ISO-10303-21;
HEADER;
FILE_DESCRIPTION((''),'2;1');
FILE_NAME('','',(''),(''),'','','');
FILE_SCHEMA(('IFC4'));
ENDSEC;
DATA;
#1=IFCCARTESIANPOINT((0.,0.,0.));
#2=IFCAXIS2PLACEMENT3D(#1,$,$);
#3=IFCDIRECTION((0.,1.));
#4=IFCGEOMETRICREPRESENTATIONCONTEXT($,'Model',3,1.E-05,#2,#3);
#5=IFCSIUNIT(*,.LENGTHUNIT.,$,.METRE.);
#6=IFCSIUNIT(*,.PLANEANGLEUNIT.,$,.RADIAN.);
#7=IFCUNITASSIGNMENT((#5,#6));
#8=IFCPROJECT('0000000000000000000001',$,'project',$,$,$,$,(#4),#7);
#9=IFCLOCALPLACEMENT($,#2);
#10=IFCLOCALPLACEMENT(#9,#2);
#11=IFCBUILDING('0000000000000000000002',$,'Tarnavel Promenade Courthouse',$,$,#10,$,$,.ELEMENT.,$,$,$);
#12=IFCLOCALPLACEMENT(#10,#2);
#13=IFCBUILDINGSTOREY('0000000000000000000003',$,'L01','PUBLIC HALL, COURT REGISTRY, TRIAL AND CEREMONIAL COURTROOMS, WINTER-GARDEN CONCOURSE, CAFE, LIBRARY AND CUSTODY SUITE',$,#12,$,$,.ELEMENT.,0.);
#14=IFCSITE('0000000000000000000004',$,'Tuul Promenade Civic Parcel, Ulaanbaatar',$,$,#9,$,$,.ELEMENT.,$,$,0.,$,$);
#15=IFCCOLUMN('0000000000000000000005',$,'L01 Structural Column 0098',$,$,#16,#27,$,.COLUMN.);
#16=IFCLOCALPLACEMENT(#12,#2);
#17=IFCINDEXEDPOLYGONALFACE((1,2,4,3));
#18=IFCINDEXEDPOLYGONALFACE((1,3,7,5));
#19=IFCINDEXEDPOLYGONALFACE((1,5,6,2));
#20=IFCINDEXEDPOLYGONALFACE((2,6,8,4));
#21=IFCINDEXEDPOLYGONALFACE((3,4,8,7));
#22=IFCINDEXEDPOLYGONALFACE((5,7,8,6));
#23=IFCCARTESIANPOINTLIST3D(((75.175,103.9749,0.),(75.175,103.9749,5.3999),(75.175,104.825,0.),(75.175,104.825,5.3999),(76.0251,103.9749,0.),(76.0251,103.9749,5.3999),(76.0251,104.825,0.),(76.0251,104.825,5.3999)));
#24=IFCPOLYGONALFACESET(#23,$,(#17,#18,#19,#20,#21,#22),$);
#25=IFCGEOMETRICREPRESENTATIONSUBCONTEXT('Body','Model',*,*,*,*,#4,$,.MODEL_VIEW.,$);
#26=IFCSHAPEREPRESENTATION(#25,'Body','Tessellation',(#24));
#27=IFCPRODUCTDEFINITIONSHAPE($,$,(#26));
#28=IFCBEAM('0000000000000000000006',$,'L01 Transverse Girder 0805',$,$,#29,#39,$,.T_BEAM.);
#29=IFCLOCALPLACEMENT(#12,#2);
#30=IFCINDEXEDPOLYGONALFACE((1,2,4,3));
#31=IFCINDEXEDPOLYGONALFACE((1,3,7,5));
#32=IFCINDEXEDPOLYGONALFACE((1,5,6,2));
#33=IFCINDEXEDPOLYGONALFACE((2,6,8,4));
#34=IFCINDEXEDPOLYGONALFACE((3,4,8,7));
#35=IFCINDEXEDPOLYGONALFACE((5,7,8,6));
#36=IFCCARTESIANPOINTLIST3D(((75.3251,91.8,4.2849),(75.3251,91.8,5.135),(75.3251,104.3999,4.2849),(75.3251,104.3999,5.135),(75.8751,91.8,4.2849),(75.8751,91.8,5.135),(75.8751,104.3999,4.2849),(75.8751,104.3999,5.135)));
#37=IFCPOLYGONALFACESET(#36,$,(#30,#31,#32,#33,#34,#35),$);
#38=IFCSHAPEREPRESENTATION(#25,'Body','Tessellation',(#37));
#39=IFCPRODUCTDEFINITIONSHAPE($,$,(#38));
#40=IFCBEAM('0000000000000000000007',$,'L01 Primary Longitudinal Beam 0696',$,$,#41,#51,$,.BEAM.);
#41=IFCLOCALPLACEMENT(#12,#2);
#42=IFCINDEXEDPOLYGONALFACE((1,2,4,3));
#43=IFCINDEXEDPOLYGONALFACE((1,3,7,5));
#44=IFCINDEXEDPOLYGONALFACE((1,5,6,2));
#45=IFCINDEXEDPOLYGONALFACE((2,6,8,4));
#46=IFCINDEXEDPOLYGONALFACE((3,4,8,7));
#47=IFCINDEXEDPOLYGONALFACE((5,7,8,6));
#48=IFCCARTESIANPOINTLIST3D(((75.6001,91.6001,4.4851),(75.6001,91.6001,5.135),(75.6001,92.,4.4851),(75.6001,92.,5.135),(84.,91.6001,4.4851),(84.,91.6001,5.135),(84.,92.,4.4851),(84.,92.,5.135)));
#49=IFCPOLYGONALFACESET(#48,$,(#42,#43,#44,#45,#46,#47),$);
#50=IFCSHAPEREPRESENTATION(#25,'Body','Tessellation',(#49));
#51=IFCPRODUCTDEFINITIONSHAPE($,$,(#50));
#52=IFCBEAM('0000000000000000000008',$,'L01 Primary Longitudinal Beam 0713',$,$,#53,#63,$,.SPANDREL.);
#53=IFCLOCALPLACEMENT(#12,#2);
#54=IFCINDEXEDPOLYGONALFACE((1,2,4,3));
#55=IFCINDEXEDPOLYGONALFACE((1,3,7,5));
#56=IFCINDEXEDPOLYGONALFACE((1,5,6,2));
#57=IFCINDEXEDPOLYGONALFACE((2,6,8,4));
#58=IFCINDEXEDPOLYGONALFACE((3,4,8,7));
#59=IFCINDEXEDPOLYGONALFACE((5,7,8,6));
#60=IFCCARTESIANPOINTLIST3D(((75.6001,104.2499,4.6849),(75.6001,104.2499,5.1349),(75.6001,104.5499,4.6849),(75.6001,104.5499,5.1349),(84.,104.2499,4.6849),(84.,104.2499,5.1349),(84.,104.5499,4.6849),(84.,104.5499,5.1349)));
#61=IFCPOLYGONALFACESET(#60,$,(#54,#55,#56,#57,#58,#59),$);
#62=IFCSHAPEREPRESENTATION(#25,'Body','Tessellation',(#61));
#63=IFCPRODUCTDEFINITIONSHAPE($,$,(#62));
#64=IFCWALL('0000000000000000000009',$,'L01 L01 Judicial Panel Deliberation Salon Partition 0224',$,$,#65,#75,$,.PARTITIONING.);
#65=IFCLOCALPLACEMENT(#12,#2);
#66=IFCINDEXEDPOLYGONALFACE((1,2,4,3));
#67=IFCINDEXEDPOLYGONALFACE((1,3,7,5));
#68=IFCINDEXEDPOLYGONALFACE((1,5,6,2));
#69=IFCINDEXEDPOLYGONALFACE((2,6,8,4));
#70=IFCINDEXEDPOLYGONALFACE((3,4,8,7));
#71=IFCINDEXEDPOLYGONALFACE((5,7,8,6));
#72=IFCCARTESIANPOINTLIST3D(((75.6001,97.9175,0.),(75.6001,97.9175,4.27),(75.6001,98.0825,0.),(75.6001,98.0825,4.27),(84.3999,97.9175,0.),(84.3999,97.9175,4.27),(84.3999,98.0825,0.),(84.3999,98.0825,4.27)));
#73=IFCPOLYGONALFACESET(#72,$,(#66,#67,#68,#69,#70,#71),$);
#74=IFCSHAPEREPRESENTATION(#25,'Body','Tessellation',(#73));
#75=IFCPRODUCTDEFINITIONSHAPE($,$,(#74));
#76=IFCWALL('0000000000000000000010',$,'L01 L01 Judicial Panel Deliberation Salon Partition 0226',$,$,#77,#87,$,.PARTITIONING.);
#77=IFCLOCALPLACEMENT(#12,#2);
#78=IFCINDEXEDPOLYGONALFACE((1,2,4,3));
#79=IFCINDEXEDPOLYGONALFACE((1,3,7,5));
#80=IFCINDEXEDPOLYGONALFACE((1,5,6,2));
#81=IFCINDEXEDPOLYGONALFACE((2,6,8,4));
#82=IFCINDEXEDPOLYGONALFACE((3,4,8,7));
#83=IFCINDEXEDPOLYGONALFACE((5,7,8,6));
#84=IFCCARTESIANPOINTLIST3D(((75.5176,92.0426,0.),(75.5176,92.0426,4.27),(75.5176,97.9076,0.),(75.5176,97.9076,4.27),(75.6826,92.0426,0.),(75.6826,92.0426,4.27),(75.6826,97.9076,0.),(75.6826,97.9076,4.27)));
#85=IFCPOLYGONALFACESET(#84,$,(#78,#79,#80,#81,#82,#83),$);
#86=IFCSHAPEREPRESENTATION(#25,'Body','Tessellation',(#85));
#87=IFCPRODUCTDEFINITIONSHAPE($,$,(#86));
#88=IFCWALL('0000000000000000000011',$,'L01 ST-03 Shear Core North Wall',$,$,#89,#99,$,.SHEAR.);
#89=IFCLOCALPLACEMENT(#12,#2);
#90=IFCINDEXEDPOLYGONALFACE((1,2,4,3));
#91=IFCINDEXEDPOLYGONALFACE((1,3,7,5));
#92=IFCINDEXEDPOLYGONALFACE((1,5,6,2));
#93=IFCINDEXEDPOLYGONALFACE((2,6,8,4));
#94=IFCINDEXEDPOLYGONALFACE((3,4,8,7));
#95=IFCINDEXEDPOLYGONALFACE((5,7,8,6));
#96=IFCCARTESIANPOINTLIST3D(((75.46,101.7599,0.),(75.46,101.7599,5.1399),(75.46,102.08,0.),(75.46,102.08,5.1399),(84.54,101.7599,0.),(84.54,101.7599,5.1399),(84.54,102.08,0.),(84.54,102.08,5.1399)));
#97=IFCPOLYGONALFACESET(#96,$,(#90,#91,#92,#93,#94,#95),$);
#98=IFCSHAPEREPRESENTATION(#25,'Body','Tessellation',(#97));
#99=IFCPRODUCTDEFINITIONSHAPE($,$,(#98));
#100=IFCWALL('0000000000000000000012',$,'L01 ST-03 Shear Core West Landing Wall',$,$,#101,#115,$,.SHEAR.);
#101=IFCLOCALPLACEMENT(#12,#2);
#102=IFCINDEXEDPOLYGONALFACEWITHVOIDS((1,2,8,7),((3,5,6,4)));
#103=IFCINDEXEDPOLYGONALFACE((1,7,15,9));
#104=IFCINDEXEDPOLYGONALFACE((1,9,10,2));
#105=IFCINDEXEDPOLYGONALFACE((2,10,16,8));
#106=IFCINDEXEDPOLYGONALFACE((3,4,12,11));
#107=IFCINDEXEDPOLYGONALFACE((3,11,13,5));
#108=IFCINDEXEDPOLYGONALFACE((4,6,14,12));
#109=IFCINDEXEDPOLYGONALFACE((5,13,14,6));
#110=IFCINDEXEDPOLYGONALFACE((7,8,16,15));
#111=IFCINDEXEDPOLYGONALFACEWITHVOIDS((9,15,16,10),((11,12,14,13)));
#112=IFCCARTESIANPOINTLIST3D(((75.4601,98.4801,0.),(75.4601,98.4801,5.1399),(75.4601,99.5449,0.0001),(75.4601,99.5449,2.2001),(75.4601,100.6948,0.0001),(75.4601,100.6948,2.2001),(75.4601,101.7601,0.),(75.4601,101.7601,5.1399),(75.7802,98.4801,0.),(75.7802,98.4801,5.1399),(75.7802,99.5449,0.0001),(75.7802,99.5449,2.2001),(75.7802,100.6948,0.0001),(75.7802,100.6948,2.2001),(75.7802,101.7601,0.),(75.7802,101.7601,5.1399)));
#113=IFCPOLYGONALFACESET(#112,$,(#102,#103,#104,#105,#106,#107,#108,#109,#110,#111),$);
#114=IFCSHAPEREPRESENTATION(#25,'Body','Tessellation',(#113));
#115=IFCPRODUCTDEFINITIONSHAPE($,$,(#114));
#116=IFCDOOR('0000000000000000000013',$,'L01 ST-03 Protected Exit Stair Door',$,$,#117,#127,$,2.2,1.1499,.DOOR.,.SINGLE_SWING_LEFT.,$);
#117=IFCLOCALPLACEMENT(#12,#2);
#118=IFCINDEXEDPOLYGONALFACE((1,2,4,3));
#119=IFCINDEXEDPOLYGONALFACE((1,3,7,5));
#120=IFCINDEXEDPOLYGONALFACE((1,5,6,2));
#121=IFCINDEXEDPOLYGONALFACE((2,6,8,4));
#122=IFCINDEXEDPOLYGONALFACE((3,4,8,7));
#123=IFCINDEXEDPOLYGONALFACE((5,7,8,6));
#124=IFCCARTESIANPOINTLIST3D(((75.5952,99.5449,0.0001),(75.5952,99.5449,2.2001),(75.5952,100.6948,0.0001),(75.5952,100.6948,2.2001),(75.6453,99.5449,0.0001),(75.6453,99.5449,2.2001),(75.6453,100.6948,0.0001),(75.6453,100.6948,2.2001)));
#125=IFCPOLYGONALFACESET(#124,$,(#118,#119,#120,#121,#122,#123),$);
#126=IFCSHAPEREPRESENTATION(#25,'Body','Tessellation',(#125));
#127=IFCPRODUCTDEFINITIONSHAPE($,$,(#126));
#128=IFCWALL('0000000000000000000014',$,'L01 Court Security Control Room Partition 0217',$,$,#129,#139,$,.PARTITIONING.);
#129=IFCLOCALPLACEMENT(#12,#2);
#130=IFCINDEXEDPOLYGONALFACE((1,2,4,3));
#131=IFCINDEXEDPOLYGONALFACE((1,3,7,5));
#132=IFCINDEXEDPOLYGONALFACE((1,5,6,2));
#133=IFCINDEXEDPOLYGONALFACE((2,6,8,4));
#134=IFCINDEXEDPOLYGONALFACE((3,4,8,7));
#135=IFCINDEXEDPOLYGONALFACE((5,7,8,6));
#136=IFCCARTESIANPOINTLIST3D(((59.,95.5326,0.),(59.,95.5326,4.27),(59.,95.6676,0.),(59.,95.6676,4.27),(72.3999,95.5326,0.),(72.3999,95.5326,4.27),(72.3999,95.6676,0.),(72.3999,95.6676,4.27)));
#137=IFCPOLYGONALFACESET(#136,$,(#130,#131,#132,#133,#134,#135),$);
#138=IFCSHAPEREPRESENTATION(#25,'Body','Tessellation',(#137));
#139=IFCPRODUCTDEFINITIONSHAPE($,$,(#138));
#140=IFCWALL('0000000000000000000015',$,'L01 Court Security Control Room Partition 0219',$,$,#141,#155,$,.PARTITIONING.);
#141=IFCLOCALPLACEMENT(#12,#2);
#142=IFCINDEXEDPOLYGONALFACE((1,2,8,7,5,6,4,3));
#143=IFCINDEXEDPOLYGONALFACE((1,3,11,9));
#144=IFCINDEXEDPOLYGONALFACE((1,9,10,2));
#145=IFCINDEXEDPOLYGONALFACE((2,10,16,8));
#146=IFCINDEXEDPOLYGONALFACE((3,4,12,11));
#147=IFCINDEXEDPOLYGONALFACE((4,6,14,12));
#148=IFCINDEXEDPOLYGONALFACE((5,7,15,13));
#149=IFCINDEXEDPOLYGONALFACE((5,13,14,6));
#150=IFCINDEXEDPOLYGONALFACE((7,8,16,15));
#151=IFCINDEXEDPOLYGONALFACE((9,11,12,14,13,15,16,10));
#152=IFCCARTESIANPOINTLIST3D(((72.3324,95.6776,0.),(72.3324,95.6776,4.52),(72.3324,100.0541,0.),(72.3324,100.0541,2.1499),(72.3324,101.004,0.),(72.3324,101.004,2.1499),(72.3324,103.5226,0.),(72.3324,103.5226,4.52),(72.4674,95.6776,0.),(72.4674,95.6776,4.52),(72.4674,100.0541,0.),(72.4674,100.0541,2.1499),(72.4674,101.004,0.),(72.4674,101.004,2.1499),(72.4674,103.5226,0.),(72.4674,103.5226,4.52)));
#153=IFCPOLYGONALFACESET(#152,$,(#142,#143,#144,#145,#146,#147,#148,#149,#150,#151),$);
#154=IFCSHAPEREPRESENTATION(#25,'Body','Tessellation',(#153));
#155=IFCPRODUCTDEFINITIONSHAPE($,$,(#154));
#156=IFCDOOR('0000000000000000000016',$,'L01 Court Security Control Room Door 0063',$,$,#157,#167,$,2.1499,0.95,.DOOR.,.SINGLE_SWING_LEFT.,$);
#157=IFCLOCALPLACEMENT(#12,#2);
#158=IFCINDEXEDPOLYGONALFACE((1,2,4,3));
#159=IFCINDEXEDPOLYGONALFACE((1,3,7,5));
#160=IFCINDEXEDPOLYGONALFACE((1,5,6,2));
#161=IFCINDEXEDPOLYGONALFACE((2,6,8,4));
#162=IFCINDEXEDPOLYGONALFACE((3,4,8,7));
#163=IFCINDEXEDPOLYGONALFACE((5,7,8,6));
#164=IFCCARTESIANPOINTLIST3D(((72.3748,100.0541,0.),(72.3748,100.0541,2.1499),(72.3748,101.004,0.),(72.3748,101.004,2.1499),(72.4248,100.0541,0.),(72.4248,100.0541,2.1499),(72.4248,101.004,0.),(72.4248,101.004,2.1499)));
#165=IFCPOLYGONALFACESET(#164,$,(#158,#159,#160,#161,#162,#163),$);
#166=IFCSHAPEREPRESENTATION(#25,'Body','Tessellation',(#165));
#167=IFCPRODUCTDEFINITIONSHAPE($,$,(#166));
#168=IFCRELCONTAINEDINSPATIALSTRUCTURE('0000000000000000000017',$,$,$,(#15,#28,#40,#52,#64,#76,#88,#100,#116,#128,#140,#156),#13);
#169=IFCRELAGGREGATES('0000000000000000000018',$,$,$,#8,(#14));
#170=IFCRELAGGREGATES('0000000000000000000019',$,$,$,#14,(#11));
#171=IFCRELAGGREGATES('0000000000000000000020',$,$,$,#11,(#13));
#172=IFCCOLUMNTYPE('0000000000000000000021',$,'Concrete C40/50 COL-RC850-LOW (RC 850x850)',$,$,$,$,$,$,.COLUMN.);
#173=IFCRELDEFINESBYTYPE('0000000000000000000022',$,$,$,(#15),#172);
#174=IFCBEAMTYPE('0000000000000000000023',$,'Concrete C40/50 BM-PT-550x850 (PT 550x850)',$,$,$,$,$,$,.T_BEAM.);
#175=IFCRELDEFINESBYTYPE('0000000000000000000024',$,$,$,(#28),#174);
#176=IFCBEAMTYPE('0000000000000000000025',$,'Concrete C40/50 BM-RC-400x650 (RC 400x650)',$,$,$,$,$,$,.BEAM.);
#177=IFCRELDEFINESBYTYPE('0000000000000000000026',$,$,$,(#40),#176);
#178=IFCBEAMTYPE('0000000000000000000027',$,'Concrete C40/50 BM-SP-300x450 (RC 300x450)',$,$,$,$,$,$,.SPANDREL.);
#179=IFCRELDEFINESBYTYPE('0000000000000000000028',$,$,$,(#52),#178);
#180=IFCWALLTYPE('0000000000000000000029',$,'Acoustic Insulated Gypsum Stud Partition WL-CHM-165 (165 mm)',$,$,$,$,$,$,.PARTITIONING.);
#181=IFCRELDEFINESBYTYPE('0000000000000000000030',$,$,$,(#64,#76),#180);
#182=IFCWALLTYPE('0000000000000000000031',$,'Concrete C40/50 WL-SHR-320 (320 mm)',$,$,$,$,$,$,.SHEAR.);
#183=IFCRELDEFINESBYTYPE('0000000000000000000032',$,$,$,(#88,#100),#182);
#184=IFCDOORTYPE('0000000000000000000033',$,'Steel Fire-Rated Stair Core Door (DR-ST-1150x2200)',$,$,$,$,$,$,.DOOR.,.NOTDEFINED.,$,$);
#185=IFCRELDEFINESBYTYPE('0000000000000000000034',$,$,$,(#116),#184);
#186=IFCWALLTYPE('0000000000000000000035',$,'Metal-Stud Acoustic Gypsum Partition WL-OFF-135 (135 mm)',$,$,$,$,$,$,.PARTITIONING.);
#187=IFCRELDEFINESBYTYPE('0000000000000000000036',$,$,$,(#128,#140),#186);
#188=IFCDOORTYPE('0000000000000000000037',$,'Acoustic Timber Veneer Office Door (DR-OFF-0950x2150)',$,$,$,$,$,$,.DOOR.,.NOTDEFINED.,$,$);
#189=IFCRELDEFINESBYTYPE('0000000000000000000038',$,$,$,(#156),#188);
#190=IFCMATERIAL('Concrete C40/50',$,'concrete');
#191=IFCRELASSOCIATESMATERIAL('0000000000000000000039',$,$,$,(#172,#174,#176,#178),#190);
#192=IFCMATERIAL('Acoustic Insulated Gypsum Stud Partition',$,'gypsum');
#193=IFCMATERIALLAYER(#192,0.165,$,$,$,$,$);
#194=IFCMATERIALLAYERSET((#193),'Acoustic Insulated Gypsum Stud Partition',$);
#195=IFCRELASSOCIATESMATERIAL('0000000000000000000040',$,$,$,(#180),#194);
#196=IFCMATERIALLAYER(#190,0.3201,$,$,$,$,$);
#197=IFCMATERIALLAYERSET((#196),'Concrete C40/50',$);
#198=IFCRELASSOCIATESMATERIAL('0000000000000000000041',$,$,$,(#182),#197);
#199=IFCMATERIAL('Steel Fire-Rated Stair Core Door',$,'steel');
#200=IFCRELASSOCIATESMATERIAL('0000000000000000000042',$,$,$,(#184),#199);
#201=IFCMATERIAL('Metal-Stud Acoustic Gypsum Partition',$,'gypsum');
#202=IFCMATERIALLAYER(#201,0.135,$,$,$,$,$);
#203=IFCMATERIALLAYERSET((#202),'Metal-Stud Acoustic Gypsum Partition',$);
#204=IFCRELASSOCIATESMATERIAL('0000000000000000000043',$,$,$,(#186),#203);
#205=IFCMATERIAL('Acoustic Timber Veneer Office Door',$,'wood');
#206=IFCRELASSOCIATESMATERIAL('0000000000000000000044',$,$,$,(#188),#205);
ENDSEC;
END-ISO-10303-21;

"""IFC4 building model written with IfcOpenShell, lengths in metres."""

from ifc_helpers import new_model, si_unit, direction, frame, frame_2d, origin, origin_2d, place, context, subcontext, project, spatial, rectangle, extrude, material, layer, layer_set, material_profile, profile_set, type_object, element, fill, save


model = new_model("IFC4")

# Units and contexts
model_context = context("Model", 3, precision=1e-05, world=origin(), true_north=direction((0.0, 1.0)))
body_context = subcontext(model_context, "Body", "Model", "MODEL_VIEW")
ifc_project = project(units=[si_unit("LENGTHUNIT", "METRE"), si_unit("PLANEANGLEUNIT", "RADIAN")], contexts=[model_context])

# Site, building, storey
site_placement = place(None, origin())
site = spatial("IfcSite", under=ifc_project, at=site_placement, Name="Tuul Promenade Civic Parcel, Ulaanbaatar", CompositionType="ELEMENT", RefElevation=0.0)
building_placement = place(site_placement, origin())
building = spatial("IfcBuilding", under=site, at=building_placement, Name="Tarnavel Promenade Courthouse", CompositionType="ELEMENT")
storey_placement = place(building_placement, origin())
storey = spatial("IfcBuildingStorey", under=building, at=storey_placement, Name="L01", Description="PUBLIC HALL, COURT REGISTRY, TRIAL AND CEREMONIAL COURTROOMS, WINTER-GARDEN CONCOURSE, CAFE, LIBRARY AND CUSTODY SUITE", CompositionType="ELEMENT", Elevation=0.0)

# Column
ifc_material_1 = material(Name="Concrete C40/50", Category="concrete")
ifc_material_profile_1 = material_profile(ifc_material_1, rectangle(XDim=0.8501, YDim=0.8501, at=origin_2d()), Name="RC 850x850")
ifc_profile_set_1 = profile_set([ifc_material_profile_1], Name="Concrete C40/50")
column_type = type_object("IfcColumnType", Name="Concrete C40/50 COL-RC850-LOW (RC 850x850)", PredefinedType="COLUMN", material=ifc_profile_set_1)
column_placement = place(storey_placement, frame((75.6001, 104.3999, 0.0), z_axis=(0.0, 0.0, 1.0), x_axis=(1.0, 0.0, 0.0)))
element("IfcColumn", 1, at=column_placement, inside=storey, type_object=column_type, Name="L01 Structural Column 0098", PredefinedType="COLUMN", context=body_context, shape_type="SweptSolid", body=[
    extrude(rectangle(XDim=0.8501, YDim=0.8501, at=origin_2d()), origin(), (0.0, 0.0, 1.0), 5.3999),
])

# Beams
ifc_material_profile_2 = material_profile(ifc_material_1, rectangle(XDim=0.55, YDim=0.8501, at=origin_2d()), Name="PT 550x850")
ifc_profile_set_2 = profile_set([ifc_material_profile_2], Name="Concrete C40/50")
beam_type_1 = type_object("IfcBeamType", Name="Concrete C40/50 BM-PT-550x850 (PT 550x850)", PredefinedType="T_BEAM", material=ifc_profile_set_2)
beam_1_placement = place(storey_placement, frame((75.6001, 91.8, 4.71), z_axis=(0.0, 1.0, 0.0), x_axis=(-1.0, 0.0, 0.0)))
element("IfcBeam", 2, at=beam_1_placement, inside=storey, type_object=beam_type_1, Name="L01 Transverse Girder 0805", PredefinedType="T_BEAM", context=body_context, shape_type="SweptSolid", body=[
    extrude(rectangle(XDim=0.55, YDim=0.8501, at=origin_2d()), origin(), (0.0, 0.0, 1.0), 12.5999),
])
ifc_material_profile_3 = material_profile(ifc_material_1, rectangle(XDim=0.3999, YDim=0.6499, at=origin_2d()), Name="RC 400x650")
ifc_profile_set_3 = profile_set([ifc_material_profile_3], Name="Concrete C40/50")
beam_type_2 = type_object("IfcBeamType", Name="Concrete C40/50 BM-RC-400x650 (RC 400x650)", PredefinedType="BEAM", material=ifc_profile_set_3)
beam_2_placement = place(storey_placement, frame((75.6001, 91.8, 4.8101), z_axis=(1.0, 0.0, 0.0), x_axis=(0.0, 1.0, 0.0)))
element("IfcBeam", 3, at=beam_2_placement, inside=storey, type_object=beam_type_2, Name="L01 Primary Longitudinal Beam 0696", PredefinedType="BEAM", context=body_context, shape_type="SweptSolid", body=[
    extrude(rectangle(XDim=0.3999, YDim=0.6499, at=origin_2d()), origin(), (0.0, 0.0, 1.0), 8.3999),
])
ifc_material_profile_4 = material_profile(ifc_material_1, rectangle(XDim=0.3, YDim=0.45, at=origin_2d()), Name="RC 300x450")
ifc_profile_set_4 = profile_set([ifc_material_profile_4], Name="Concrete C40/50")
beam_type_3 = type_object("IfcBeamType", Name="Concrete C40/50 BM-SP-300x450 (RC 300x450)", PredefinedType="SPANDREL", material=ifc_profile_set_4)
beam_3_placement = place(storey_placement, frame((75.6001, 104.3999, 4.9099), z_axis=(1.0, 0.0, 0.0), x_axis=(0.0, 1.0, 0.0)))
element("IfcBeam", 4, at=beam_3_placement, inside=storey, type_object=beam_type_3, Name="L01 Primary Longitudinal Beam 0713", PredefinedType="SPANDREL", context=body_context, shape_type="SweptSolid", body=[
    extrude(rectangle(XDim=0.3, YDim=0.45, at=origin_2d()), origin(), (0.0, 0.0, 1.0), 8.3999),
])

# Walls
ifc_material_2 = material(Name="Acoustic Insulated Gypsum Stud Partition", Category="gypsum")
ifc_layer_1 = layer(ifc_material_2, 0.165)
ifc_layer_set_1 = layer_set([ifc_layer_1], Name="Acoustic Insulated Gypsum Stud Partition")
wall_type_1 = type_object("IfcWallType", Name="Acoustic Insulated Gypsum Stud Partition WL-CHM-165 (165 mm)", PredefinedType="PARTITIONING", material=ifc_layer_set_1)
wall_1_placement = place(storey_placement, frame((75.6001, 98.0, 0.0), z_axis=(0.0, 0.0, 1.0), x_axis=(1.0, 0.0, 0.0)))
element("IfcWall", 5, at=wall_1_placement, inside=storey, type_object=wall_type_1, Name="L01 L01 Judicial Panel Deliberation Salon Partition 0224", PredefinedType="PARTITIONING", context=body_context, shape_type="SweptSolid", body=[
    extrude(rectangle(XDim=8.7998, YDim=0.165, at=frame_2d((4.3999, 0.0))), origin(), (0.0, 0.0, 1.0), 4.27),
])
wall_2_placement = place(storey_placement, frame((75.6001, 92.0425, 0.0), z_axis=(0.0, 0.0, 1.0), x_axis=(0.0, 1.0, 0.0)))
element("IfcWall", 6, at=wall_2_placement, inside=storey, type_object=wall_type_1, Name="L01 L01 Judicial Panel Deliberation Salon Partition 0226", PredefinedType="PARTITIONING", context=body_context, shape_type="SweptSolid", body=[
    extrude(rectangle(XDim=5.865, YDim=0.165, at=frame_2d((2.9326, 0.0))), origin(), (0.0, 0.0, 1.0), 4.27),
])
ifc_layer_2 = layer(ifc_material_1, 0.3201)
ifc_layer_set_2 = layer_set([ifc_layer_2], Name="Concrete C40/50")
wall_type_2 = type_object("IfcWallType", Name="Concrete C40/50 WL-SHR-320 (320 mm)", PredefinedType="SHEAR", material=ifc_layer_set_2)
wall_3_placement = place(storey_placement, frame((75.46, 101.9199, 0.0), z_axis=(0.0, 0.0, 1.0), x_axis=(1.0, 0.0, 0.0)))
element("IfcWall", 7, at=wall_3_placement, inside=storey, type_object=wall_type_2, Name="L01 ST-03 Shear Core North Wall", PredefinedType="SHEAR", context=body_context, shape_type="SweptSolid", body=[
    extrude(rectangle(XDim=9.0801, YDim=0.3201, at=frame_2d((4.54, 0.0))), origin(), (0.0, 0.0, 1.0), 5.1399),
])

# Wall, opening, door
wall_4_placement = place(storey_placement, frame((75.6201, 98.48, 0.0), z_axis=(0.0, 0.0, 1.0), x_axis=(0.0, 1.0, 0.0)))
wall_4 = element("IfcWall", 8, at=wall_4_placement, inside=storey, type_object=wall_type_2, Name="L01 ST-03 Shear Core West Landing Wall", PredefinedType="SHEAR", context=body_context, shape_type="SweptSolid", body=[
    extrude(rectangle(XDim=3.28, YDim=0.3201, at=frame_2d((1.6401, 0.0))), origin(), (0.0, 0.0, 1.0), 5.1399),
])
opening_1_placement = place(wall_4_placement, frame((1.0649, 0.0, 0.0)))
opening_1 = element("IfcOpeningElement", 9, at=opening_1_placement, cuts=wall_4, PredefinedType="OPENING", context=body_context, shape_type="SweptSolid", body=[
    extrude(rectangle(XDim=1.1499, YDim=2.2, at=frame_2d((0.575, 1.1001))), frame((0.0, 0.1699, 0.0), z_axis=(0.0, -1.0, 0.0), x_axis=(1.0, 0.0, 0.0)), (0.0, 0.0, 1.0), 0.3401),
])
ifc_material_3 = material(Name="Steel Fire-Rated Stair Core Door", Category="steel")
door_type_1 = type_object("IfcDoorType", Name="Steel Fire-Rated Stair Core Door (DR-ST-1150x2200)", OperationType="NOTDEFINED", PredefinedType="DOOR", material=ifc_material_3)
door_1_placement = place(opening_1_placement, origin())
door_1 = element("IfcDoor", 10, at=door_1_placement, inside=storey, type_object=door_type_1, Name="L01 ST-03 Protected Exit Stair Door", OperationType="SINGLE_SWING_LEFT", OverallHeight=2.2, OverallWidth=1.1499, PredefinedType="DOOR", context=body_context, shape_type="SweptSolid", body=[
    extrude(rectangle(XDim=1.1499, YDim=2.2, at=frame_2d((0.575, 1.1001))), frame((0.0, 0.0249, 0.0), z_axis=(0.0, -1.0, 0.0), x_axis=(1.0, 0.0, 0.0)), (0.0, 0.0, 1.0), 0.05),
])
fill(opening_1, door_1)

# Wall
ifc_material_4 = material(Name="Metal-Stud Acoustic Gypsum Partition", Category="gypsum")
ifc_layer_3 = layer(ifc_material_4, 0.135)
ifc_layer_set_3 = layer_set([ifc_layer_3], Name="Metal-Stud Acoustic Gypsum Partition")
wall_type_3 = type_object("IfcWallType", Name="Metal-Stud Acoustic Gypsum Partition WL-OFF-135 (135 mm)", PredefinedType="PARTITIONING", material=ifc_layer_set_3)
wall_5_placement = place(storey_placement, frame((72.3999, 95.6001, 0.0), z_axis=(0.0, 0.0, 1.0), x_axis=(-1.0, 0.0, 0.0)))
element("IfcWall", 11, at=wall_5_placement, inside=storey, type_object=wall_type_3, Name="L01 Court Security Control Room Partition 0217", PredefinedType="PARTITIONING", context=body_context, shape_type="SweptSolid", body=[
    extrude(rectangle(XDim=13.3999, YDim=0.135, at=frame_2d((6.7, 0.0))), origin(), (0.0, 0.0, 1.0), 4.27),
])

# Wall, opening, door
wall_6_placement = place(storey_placement, frame((72.3999, 103.5225, 0.0), z_axis=(0.0, 0.0, 1.0), x_axis=(0.0, -1.0, 0.0)))
wall_6 = element("IfcWall", 12, at=wall_6_placement, inside=storey, type_object=wall_type_3, Name="L01 Court Security Control Room Partition 0219", PredefinedType="PARTITIONING", context=body_context, shape_type="SweptSolid", body=[
    extrude(rectangle(XDim=7.845, YDim=0.135, at=frame_2d((3.9224, 0.0))), origin(), (0.0, 0.0, 1.0), 4.52),
])
opening_2_placement = place(wall_6_placement, frame((2.5183, 0.0, 0.0)))
opening_2 = element("IfcOpeningElement", 13, at=opening_2_placement, cuts=wall_6, PredefinedType="OPENING", context=body_context, shape_type="SweptSolid", body=[
    extrude(rectangle(XDim=0.95, YDim=2.1499, at=frame_2d((0.4751, 1.075))), frame((0.0, 0.0774, 0.0), z_axis=(0.0, -1.0, 0.0), x_axis=(1.0, 0.0, 0.0)), (0.0, 0.0, 1.0), 0.155),
])
ifc_material_5 = material(Name="Acoustic Timber Veneer Office Door", Category="wood")
door_type_2 = type_object("IfcDoorType", Name="Acoustic Timber Veneer Office Door (DR-OFF-0950x2150)", OperationType="NOTDEFINED", PredefinedType="DOOR", material=ifc_material_5)
door_2_placement = place(opening_2_placement, origin())
door_2 = element("IfcDoor", 14, at=door_2_placement, inside=storey, type_object=door_type_2, Name="L01 Court Security Control Room Door 0063", OperationType="SINGLE_SWING_LEFT", OverallHeight=2.1499, OverallWidth=0.95, PredefinedType="DOOR", context=body_context, shape_type="SweptSolid", body=[
    extrude(rectangle(XDim=0.95, YDim=2.1499, at=frame_2d((0.4751, 1.075))), frame((0.0, 0.0249, 0.0), z_axis=(0.0, -1.0, 0.0), x_axis=(1.0, 0.0, 0.0)), (0.0, 0.0, 1.0), 0.05),
])
fill(opening_2, door_2)

save(model, "model.ifc")
